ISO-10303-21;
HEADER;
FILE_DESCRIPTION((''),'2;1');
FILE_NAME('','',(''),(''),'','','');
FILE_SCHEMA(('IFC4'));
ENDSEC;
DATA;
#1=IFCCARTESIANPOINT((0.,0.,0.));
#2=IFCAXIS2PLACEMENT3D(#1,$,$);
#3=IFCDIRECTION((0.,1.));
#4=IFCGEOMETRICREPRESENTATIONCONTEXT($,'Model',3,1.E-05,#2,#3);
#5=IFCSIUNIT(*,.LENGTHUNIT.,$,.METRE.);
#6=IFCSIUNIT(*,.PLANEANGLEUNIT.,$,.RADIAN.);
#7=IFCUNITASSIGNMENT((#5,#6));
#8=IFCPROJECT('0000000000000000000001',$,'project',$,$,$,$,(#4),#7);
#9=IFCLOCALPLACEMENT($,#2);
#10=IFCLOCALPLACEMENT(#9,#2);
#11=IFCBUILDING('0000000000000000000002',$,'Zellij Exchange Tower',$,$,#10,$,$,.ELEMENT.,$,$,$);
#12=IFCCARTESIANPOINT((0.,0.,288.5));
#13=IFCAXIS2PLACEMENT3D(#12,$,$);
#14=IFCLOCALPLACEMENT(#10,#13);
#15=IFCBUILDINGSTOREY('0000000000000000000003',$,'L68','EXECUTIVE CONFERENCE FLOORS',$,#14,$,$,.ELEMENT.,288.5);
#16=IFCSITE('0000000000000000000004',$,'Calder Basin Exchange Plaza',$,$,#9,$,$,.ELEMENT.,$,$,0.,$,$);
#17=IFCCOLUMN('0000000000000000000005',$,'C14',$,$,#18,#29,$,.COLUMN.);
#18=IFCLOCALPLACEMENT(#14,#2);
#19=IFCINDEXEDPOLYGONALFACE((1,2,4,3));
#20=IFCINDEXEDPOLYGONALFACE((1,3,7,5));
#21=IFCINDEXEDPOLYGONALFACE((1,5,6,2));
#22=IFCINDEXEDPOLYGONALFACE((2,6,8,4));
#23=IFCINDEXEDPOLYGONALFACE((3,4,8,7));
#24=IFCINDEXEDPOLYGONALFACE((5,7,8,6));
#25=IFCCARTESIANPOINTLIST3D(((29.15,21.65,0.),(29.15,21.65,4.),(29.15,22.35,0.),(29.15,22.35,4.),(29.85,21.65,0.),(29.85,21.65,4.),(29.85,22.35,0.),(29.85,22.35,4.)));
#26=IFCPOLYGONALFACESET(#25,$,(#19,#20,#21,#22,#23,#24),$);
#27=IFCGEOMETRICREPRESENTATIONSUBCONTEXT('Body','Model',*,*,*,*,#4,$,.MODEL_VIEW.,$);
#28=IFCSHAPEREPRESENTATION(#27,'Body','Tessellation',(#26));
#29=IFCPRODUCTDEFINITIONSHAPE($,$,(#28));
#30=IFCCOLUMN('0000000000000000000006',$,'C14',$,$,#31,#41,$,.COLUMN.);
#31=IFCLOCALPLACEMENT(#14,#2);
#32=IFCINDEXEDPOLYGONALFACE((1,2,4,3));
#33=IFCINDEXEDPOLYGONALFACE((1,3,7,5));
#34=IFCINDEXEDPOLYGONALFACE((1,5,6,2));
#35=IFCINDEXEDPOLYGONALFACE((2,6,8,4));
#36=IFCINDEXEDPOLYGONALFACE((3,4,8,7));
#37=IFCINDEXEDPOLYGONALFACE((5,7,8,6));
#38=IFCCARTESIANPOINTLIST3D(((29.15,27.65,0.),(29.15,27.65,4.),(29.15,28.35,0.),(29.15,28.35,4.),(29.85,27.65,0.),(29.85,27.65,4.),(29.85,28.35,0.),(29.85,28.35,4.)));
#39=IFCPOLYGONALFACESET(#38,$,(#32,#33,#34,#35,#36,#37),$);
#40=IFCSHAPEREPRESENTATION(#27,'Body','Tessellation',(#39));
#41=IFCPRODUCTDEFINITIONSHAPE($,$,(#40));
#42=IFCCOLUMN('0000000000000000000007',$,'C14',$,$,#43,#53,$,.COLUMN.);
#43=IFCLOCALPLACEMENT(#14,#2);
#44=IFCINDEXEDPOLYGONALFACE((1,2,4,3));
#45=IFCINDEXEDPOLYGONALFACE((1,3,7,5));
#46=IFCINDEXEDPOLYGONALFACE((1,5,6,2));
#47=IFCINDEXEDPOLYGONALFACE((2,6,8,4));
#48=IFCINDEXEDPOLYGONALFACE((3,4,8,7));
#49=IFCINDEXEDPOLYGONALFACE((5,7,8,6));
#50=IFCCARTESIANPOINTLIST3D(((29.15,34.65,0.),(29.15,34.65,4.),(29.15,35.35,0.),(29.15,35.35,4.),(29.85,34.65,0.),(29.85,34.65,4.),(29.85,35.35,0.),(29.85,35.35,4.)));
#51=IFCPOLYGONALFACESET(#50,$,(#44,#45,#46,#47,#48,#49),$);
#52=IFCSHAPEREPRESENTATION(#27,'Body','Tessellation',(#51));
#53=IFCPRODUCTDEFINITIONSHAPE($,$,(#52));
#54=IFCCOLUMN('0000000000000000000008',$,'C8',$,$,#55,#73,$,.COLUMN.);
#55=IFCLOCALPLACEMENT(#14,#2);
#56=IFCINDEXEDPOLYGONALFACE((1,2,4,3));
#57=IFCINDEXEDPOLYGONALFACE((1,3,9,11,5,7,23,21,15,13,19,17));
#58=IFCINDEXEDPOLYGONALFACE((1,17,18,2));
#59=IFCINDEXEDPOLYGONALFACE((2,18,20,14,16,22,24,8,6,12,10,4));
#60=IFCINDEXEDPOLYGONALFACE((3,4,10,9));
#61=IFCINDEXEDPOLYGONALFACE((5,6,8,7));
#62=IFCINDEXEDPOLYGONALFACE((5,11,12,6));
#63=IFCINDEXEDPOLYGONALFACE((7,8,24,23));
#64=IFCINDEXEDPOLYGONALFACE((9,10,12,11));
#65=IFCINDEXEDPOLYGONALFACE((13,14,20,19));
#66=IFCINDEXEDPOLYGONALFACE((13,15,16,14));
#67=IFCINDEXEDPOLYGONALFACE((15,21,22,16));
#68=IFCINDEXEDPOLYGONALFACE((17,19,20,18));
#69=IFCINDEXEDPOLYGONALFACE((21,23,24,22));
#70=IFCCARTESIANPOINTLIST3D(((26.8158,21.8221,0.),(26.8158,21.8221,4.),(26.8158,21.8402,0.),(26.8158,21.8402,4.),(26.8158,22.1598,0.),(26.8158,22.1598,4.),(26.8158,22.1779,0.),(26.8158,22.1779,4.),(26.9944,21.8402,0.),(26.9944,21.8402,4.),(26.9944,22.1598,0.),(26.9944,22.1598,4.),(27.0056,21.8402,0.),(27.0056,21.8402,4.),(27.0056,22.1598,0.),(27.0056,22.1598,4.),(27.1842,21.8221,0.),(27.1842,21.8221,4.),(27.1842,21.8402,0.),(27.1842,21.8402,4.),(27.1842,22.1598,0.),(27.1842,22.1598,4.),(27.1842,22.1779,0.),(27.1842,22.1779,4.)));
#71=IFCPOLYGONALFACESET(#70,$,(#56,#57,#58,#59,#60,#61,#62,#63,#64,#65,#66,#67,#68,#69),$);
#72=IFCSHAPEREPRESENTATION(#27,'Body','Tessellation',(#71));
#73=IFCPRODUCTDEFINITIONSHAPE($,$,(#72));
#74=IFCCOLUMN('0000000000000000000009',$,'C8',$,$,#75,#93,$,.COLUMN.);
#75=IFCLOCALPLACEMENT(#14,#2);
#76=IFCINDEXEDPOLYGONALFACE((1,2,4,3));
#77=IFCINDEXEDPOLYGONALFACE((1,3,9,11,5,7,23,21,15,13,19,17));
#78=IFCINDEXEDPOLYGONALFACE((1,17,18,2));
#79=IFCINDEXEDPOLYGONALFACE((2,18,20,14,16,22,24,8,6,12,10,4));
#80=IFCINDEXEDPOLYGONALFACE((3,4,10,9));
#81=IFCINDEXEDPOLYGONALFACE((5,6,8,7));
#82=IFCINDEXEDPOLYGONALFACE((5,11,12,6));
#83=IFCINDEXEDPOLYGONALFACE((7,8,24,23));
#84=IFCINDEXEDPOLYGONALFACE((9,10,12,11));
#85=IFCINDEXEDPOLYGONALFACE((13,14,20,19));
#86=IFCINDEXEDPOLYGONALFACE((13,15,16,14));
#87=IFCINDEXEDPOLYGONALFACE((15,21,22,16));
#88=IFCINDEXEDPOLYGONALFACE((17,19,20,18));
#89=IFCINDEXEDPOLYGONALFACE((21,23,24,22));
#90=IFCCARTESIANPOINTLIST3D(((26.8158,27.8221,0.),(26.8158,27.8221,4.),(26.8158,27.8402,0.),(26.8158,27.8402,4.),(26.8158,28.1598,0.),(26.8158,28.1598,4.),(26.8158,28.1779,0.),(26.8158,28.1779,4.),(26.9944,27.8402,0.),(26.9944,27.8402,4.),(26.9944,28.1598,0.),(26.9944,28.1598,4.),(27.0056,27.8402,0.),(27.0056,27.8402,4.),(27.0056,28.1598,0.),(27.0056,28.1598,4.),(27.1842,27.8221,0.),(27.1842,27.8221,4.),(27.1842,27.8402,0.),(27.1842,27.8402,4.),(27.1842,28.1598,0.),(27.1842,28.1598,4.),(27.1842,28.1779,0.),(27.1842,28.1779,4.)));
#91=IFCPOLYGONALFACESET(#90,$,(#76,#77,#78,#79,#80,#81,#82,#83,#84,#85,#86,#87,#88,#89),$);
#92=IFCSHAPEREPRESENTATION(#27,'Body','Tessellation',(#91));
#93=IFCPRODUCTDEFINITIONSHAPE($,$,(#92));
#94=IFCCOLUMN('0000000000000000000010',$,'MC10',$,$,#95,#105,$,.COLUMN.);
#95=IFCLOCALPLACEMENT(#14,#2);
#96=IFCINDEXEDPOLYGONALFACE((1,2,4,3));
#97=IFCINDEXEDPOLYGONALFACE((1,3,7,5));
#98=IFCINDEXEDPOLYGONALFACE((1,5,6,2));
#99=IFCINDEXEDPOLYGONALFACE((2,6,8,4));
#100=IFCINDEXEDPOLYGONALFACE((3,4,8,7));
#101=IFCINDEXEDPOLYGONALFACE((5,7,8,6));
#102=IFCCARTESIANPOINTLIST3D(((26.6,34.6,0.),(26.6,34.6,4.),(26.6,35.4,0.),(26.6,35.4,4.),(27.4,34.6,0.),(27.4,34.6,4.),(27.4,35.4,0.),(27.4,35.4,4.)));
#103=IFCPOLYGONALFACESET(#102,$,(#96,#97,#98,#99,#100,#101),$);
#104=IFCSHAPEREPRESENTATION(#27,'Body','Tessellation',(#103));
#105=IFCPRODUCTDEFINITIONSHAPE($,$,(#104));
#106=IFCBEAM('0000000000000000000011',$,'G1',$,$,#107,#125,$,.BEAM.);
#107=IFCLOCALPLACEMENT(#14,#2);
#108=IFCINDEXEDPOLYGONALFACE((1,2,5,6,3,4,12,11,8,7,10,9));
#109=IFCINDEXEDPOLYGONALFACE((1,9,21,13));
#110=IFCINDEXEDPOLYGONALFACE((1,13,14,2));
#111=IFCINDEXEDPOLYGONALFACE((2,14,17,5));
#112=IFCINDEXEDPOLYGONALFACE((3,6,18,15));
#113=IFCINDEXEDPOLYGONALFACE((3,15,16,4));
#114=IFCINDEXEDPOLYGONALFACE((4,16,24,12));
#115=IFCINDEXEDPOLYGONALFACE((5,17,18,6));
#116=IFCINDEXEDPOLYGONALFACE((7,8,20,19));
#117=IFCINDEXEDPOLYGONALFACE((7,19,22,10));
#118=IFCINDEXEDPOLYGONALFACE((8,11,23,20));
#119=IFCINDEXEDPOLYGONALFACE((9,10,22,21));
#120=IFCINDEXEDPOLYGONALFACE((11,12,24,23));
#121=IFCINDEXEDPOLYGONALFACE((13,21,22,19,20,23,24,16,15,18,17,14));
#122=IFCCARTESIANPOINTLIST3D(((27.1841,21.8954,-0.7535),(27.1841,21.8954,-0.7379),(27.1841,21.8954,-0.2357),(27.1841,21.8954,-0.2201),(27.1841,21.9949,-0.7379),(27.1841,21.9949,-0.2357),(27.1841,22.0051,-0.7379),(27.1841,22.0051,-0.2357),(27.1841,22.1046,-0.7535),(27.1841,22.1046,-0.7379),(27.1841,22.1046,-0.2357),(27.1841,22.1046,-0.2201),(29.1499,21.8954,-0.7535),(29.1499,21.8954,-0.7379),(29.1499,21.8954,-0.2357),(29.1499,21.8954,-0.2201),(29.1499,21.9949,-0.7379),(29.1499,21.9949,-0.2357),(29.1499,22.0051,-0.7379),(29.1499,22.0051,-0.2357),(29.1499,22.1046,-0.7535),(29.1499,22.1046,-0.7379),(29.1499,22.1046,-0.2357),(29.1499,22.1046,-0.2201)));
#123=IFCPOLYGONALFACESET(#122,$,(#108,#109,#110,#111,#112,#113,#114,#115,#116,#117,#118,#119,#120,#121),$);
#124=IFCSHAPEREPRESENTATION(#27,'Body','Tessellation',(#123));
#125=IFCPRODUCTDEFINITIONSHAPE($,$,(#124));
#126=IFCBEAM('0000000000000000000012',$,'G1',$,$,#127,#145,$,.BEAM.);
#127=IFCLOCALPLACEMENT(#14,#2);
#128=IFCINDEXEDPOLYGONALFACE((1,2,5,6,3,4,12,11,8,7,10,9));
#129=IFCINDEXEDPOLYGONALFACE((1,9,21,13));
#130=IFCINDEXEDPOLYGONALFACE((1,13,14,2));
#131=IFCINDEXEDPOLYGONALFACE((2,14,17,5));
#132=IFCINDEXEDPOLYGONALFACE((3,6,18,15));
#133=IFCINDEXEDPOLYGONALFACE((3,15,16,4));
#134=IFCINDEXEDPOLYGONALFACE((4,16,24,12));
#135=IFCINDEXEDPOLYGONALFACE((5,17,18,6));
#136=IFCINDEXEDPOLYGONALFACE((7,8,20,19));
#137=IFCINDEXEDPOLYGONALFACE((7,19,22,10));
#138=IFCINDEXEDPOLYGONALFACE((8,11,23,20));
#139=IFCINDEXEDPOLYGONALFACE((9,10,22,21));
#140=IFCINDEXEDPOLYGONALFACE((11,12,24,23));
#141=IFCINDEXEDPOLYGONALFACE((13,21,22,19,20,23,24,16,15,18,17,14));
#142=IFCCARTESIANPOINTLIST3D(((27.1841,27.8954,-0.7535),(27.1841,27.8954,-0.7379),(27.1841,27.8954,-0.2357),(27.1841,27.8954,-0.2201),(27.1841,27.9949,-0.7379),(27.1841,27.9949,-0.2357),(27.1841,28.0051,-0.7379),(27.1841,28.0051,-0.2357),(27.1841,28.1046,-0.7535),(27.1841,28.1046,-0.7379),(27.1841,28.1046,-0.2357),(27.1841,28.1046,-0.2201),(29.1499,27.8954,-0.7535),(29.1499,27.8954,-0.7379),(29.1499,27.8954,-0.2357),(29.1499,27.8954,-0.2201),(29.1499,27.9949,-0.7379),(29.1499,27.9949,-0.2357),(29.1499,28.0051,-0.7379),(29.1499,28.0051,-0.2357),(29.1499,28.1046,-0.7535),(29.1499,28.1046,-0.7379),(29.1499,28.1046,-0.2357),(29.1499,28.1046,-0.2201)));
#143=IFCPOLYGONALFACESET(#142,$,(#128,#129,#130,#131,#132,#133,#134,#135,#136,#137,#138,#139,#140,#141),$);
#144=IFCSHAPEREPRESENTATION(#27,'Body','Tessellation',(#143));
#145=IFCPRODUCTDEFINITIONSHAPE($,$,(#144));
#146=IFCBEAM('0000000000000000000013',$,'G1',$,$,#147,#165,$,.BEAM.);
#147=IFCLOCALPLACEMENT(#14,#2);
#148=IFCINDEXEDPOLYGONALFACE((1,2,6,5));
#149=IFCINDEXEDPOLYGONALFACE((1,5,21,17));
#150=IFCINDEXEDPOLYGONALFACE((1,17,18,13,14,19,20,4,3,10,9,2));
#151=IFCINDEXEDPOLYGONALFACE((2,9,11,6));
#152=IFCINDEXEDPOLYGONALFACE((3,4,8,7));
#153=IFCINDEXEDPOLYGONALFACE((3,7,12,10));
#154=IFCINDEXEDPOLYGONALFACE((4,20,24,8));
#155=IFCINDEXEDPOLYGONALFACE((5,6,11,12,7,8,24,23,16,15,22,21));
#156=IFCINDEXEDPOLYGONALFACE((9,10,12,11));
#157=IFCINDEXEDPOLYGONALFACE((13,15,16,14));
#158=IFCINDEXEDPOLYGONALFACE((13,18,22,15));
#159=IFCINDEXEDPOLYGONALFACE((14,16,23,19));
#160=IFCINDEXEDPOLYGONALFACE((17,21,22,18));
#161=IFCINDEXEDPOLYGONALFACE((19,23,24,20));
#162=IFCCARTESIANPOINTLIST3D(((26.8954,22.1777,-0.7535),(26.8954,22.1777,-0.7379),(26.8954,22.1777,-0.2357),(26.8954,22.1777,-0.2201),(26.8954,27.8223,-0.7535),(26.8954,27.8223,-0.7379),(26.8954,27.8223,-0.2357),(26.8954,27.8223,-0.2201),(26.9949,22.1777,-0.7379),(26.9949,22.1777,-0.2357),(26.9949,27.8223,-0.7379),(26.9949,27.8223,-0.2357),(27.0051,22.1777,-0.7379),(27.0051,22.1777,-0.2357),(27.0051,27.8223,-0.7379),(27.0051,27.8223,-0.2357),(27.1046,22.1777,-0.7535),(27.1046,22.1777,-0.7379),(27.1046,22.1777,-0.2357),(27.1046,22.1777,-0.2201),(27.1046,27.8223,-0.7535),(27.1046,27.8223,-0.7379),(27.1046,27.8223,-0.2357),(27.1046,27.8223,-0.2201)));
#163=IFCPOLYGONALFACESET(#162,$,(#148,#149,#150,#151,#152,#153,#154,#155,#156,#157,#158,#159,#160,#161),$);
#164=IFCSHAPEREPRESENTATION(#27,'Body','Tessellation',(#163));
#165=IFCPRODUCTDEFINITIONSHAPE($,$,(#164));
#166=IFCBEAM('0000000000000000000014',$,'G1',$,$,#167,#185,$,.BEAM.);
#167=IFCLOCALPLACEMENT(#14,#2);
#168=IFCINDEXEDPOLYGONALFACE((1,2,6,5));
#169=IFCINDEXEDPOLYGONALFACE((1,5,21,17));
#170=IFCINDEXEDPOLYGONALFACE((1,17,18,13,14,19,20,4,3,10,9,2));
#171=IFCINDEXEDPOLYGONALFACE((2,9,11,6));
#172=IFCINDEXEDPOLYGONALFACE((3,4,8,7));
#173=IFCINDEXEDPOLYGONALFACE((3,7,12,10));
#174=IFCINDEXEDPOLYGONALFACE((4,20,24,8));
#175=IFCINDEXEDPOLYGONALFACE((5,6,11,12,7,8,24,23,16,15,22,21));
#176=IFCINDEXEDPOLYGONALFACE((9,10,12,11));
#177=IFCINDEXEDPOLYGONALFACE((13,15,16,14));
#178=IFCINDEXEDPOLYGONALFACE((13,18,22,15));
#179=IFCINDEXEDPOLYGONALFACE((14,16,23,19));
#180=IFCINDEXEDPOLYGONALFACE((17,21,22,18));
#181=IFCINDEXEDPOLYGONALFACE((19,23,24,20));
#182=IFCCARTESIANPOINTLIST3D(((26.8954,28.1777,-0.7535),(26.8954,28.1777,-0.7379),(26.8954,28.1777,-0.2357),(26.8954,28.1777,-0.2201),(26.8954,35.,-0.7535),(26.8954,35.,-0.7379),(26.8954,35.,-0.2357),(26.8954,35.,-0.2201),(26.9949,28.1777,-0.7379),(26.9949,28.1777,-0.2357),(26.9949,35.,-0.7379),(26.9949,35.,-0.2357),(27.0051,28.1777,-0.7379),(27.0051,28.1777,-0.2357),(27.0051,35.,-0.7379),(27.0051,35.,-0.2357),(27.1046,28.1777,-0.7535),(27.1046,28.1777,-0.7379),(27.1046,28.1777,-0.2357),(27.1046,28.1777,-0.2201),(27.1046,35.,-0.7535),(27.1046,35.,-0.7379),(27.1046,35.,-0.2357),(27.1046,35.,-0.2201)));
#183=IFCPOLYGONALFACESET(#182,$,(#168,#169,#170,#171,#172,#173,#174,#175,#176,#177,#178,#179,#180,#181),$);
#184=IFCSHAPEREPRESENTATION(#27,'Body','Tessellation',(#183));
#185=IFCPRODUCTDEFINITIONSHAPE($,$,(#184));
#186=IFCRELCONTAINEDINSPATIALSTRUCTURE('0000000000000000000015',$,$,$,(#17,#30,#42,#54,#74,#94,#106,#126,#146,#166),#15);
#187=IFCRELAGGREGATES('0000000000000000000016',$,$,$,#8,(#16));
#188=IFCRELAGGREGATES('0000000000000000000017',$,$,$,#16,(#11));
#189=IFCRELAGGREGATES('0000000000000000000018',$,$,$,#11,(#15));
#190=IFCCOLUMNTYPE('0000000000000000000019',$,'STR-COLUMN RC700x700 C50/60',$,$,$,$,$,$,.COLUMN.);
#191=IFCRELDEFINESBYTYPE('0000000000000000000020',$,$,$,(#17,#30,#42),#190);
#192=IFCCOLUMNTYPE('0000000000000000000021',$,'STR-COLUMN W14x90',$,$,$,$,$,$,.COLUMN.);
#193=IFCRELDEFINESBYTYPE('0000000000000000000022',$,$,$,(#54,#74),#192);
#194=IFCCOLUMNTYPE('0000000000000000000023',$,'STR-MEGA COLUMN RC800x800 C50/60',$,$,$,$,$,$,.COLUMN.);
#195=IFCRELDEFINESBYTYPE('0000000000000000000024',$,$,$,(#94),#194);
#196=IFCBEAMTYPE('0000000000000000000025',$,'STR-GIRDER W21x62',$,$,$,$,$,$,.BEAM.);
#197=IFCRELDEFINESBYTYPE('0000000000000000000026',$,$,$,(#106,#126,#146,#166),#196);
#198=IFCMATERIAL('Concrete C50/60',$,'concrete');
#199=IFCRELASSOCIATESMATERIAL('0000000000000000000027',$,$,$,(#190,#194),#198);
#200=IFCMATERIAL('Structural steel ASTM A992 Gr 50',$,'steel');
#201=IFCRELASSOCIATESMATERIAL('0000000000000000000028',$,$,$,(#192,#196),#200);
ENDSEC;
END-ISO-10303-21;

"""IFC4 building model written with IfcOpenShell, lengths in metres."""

from ifc_helpers import new_model, si_unit, direction, frame, origin, origin_2d, place, context, subcontext, project, spatial, rectangle, i_section, extrude, material, material_profile, profile_set, type_object, element, save


model = new_model("IFC4")

# Units and contexts
model_context = context("Model", 3, precision=1e-05, world=origin(), true_north=direction((0.0, 1.0)))
body_context = subcontext(model_context, "Body", "Model", "MODEL_VIEW")
ifc_project = project(units=[si_unit("LENGTHUNIT", "METRE"), si_unit("PLANEANGLEUNIT", "RADIAN")], contexts=[model_context])

# Site, building, storey
site_placement = place(None, origin())
site = spatial("IfcSite", under=ifc_project, at=site_placement, Name="Calder Basin Exchange Plaza", CompositionType="ELEMENT", RefElevation=0.0)
building_placement = place(site_placement, origin())
building = spatial("IfcBuilding", under=site, at=building_placement, Name="Zellij Exchange Tower", CompositionType="ELEMENT")
storey_placement = place(building_placement, frame((0.0, 0.0, 288.5)))
storey = spatial("IfcBuildingStorey", under=building, at=storey_placement, Name="L68", Description="EXECUTIVE CONFERENCE FLOORS", CompositionType="ELEMENT", Elevation=288.5)

# Columns
ifc_material_1 = material(Name="Concrete C50/60", Category="concrete")
ifc_material_profile_1 = material_profile(ifc_material_1, rectangle(XDim=0.7, YDim=0.7, at=origin_2d()), Name="STR-COLUMN RC700x700 C50/60")
ifc_profile_set_1 = profile_set([ifc_material_profile_1], Name="Concrete C50/60")
column_type_1 = type_object("IfcColumnType", Name="STR-COLUMN RC700x700 C50/60", PredefinedType="COLUMN", material=ifc_profile_set_1)
for number, where, z_axis, x_axis, name in (
    (1, (29.5, 22.0, 0.0), (0.0, 0.0, 1.0), (1.0, 0.0, 0.0), "C14"),
    (2, (29.5, 28.0, 0.0), (0.0, 0.0, 1.0), (1.0, 0.0, 0.0), "C14"),
    (3, (29.5, 35.0, 0.0), (0.0, 0.0, 1.0), (1.0, 0.0, 0.0), "C14"),
):
    element("IfcColumn", number, at=place(storey_placement, frame(where, z_axis=z_axis, x_axis=x_axis)), inside=storey, type_object=column_type_1, Name=name, PredefinedType="COLUMN", context=body_context, shape_type="SweptSolid", body=[
        extrude(rectangle(XDim=0.7, YDim=0.7, at=origin_2d()), origin(), (0.0, 0.0, 1.0), 4.0),
    ])
ifc_material_2 = material(Name="Structural steel ASTM A992 Gr 50", Category="steel")
ifc_material_profile_2 = material_profile(ifc_material_2, i_section(OverallWidth=0.3684, OverallDepth=0.3557, WebThickness=0.0112, FlangeThickness=0.0181, at=origin_2d()), Name="W14x90")
ifc_profile_set_2 = profile_set([ifc_material_profile_2], Name="Structural steel ASTM A992 Gr 50")
column_type_2 = type_object("IfcColumnType", Name="STR-COLUMN W14x90", PredefinedType="COLUMN", material=ifc_profile_set_2)
for number, where, z_axis, x_axis, name in (
    (4, (27.0, 22.0, 0.0), (0.0, 0.0, 1.0), (1.0, 0.0, 0.0), "C8"),
    (5, (27.0, 28.0, 0.0), (0.0, 0.0, 1.0), (1.0, 0.0, 0.0), "C8"),
):
    element("IfcColumn", number, at=place(storey_placement, frame(where, z_axis=z_axis, x_axis=x_axis)), inside=storey, type_object=column_type_2, Name=name, PredefinedType="COLUMN", context=body_context, shape_type="SweptSolid", body=[
        extrude(i_section(OverallWidth=0.3684, OverallDepth=0.3557, WebThickness=0.0112, FlangeThickness=0.0181, at=origin_2d()), origin(), (0.0, 0.0, 1.0), 4.0),
    ])
ifc_material_profile_3 = material_profile(ifc_material_1, rectangle(XDim=0.8, YDim=0.8, at=origin_2d()), Name="STR-MEGA COLUMN RC800x800 C50/60")
ifc_profile_set_3 = profile_set([ifc_material_profile_3], Name="Concrete C50/60")
column_type_3 = type_object("IfcColumnType", Name="STR-MEGA COLUMN RC800x800 C50/60", PredefinedType="COLUMN", material=ifc_profile_set_3)
column_placement = place(storey_placement, frame((27.0, 35.0, 0.0), z_axis=(0.0, 0.0, 1.0), x_axis=(1.0, 0.0, 0.0)))
element("IfcColumn", 6, at=column_placement, inside=storey, type_object=column_type_3, Name="MC10", PredefinedType="COLUMN", context=body_context, shape_type="SweptSolid", body=[
    extrude(rectangle(XDim=0.8, YDim=0.8, at=origin_2d()), origin(), (0.0, 0.0, 1.0), 4.0),
])

# Beams
ifc_material_profile_4 = material_profile(ifc_material_2, i_section(OverallWidth=0.2092, OverallDepth=0.5334, WebThickness=0.0103, FlangeThickness=0.0156, at=origin_2d()), Name="W21x62")
ifc_profile_set_4 = profile_set([ifc_material_profile_4], Name="Structural steel ASTM A992 Gr 50")
beam_type = type_object("IfcBeamType", Name="STR-GIRDER W21x62", PredefinedType="BEAM", material=ifc_profile_set_4)
for number, where, z_axis, x_axis, name in (
    (7, (27.1841, 22.0, -0.4868), (1.0, 0.0, 0.0), (0.0, 1.0, 0.0), "G1"),
    (8, (27.1841, 28.0, -0.4868), (1.0, 0.0, 0.0), (0.0, 1.0, 0.0), "G1"),
):
    element("IfcBeam", number, at=place(storey_placement, frame(where, z_axis=z_axis, x_axis=x_axis)), inside=storey, type_object=beam_type, Name=name, PredefinedType="BEAM", context=body_context, shape_type="SweptSolid", body=[
        extrude(i_section(OverallWidth=0.2092, OverallDepth=0.5334, WebThickness=0.0103, FlangeThickness=0.0156, at=origin_2d()), origin(), (0.0, 0.0, 1.0), 1.9658),
    ])
beam_1_placement = place(storey_placement, frame((27.0, 22.1777, -0.4868), z_axis=(0.0, 1.0, 0.0), x_axis=(-1.0, 0.0, 0.0)))
element("IfcBeam", 9, at=beam_1_placement, inside=storey, type_object=beam_type, Name="G1", PredefinedType="BEAM", context=body_context, shape_type="SweptSolid", body=[
    extrude(i_section(OverallWidth=0.2092, OverallDepth=0.5334, WebThickness=0.0103, FlangeThickness=0.0156, at=origin_2d()), origin(), (0.0, 0.0, 1.0), 5.6445),
])
beam_2_placement = place(storey_placement, frame((27.0, 28.1777, -0.4868), z_axis=(0.0, 1.0, 0.0), x_axis=(-1.0, 0.0, 0.0)))
element("IfcBeam", 10, at=beam_2_placement, inside=storey, type_object=beam_type, Name="G1", PredefinedType="BEAM", context=body_context, shape_type="SweptSolid", body=[
    extrude(i_section(OverallWidth=0.2092, OverallDepth=0.5334, WebThickness=0.0103, FlangeThickness=0.0156, at=origin_2d()), origin(), (0.0, 0.0, 1.0), 6.8223),
])

save(model, "model.ifc")
